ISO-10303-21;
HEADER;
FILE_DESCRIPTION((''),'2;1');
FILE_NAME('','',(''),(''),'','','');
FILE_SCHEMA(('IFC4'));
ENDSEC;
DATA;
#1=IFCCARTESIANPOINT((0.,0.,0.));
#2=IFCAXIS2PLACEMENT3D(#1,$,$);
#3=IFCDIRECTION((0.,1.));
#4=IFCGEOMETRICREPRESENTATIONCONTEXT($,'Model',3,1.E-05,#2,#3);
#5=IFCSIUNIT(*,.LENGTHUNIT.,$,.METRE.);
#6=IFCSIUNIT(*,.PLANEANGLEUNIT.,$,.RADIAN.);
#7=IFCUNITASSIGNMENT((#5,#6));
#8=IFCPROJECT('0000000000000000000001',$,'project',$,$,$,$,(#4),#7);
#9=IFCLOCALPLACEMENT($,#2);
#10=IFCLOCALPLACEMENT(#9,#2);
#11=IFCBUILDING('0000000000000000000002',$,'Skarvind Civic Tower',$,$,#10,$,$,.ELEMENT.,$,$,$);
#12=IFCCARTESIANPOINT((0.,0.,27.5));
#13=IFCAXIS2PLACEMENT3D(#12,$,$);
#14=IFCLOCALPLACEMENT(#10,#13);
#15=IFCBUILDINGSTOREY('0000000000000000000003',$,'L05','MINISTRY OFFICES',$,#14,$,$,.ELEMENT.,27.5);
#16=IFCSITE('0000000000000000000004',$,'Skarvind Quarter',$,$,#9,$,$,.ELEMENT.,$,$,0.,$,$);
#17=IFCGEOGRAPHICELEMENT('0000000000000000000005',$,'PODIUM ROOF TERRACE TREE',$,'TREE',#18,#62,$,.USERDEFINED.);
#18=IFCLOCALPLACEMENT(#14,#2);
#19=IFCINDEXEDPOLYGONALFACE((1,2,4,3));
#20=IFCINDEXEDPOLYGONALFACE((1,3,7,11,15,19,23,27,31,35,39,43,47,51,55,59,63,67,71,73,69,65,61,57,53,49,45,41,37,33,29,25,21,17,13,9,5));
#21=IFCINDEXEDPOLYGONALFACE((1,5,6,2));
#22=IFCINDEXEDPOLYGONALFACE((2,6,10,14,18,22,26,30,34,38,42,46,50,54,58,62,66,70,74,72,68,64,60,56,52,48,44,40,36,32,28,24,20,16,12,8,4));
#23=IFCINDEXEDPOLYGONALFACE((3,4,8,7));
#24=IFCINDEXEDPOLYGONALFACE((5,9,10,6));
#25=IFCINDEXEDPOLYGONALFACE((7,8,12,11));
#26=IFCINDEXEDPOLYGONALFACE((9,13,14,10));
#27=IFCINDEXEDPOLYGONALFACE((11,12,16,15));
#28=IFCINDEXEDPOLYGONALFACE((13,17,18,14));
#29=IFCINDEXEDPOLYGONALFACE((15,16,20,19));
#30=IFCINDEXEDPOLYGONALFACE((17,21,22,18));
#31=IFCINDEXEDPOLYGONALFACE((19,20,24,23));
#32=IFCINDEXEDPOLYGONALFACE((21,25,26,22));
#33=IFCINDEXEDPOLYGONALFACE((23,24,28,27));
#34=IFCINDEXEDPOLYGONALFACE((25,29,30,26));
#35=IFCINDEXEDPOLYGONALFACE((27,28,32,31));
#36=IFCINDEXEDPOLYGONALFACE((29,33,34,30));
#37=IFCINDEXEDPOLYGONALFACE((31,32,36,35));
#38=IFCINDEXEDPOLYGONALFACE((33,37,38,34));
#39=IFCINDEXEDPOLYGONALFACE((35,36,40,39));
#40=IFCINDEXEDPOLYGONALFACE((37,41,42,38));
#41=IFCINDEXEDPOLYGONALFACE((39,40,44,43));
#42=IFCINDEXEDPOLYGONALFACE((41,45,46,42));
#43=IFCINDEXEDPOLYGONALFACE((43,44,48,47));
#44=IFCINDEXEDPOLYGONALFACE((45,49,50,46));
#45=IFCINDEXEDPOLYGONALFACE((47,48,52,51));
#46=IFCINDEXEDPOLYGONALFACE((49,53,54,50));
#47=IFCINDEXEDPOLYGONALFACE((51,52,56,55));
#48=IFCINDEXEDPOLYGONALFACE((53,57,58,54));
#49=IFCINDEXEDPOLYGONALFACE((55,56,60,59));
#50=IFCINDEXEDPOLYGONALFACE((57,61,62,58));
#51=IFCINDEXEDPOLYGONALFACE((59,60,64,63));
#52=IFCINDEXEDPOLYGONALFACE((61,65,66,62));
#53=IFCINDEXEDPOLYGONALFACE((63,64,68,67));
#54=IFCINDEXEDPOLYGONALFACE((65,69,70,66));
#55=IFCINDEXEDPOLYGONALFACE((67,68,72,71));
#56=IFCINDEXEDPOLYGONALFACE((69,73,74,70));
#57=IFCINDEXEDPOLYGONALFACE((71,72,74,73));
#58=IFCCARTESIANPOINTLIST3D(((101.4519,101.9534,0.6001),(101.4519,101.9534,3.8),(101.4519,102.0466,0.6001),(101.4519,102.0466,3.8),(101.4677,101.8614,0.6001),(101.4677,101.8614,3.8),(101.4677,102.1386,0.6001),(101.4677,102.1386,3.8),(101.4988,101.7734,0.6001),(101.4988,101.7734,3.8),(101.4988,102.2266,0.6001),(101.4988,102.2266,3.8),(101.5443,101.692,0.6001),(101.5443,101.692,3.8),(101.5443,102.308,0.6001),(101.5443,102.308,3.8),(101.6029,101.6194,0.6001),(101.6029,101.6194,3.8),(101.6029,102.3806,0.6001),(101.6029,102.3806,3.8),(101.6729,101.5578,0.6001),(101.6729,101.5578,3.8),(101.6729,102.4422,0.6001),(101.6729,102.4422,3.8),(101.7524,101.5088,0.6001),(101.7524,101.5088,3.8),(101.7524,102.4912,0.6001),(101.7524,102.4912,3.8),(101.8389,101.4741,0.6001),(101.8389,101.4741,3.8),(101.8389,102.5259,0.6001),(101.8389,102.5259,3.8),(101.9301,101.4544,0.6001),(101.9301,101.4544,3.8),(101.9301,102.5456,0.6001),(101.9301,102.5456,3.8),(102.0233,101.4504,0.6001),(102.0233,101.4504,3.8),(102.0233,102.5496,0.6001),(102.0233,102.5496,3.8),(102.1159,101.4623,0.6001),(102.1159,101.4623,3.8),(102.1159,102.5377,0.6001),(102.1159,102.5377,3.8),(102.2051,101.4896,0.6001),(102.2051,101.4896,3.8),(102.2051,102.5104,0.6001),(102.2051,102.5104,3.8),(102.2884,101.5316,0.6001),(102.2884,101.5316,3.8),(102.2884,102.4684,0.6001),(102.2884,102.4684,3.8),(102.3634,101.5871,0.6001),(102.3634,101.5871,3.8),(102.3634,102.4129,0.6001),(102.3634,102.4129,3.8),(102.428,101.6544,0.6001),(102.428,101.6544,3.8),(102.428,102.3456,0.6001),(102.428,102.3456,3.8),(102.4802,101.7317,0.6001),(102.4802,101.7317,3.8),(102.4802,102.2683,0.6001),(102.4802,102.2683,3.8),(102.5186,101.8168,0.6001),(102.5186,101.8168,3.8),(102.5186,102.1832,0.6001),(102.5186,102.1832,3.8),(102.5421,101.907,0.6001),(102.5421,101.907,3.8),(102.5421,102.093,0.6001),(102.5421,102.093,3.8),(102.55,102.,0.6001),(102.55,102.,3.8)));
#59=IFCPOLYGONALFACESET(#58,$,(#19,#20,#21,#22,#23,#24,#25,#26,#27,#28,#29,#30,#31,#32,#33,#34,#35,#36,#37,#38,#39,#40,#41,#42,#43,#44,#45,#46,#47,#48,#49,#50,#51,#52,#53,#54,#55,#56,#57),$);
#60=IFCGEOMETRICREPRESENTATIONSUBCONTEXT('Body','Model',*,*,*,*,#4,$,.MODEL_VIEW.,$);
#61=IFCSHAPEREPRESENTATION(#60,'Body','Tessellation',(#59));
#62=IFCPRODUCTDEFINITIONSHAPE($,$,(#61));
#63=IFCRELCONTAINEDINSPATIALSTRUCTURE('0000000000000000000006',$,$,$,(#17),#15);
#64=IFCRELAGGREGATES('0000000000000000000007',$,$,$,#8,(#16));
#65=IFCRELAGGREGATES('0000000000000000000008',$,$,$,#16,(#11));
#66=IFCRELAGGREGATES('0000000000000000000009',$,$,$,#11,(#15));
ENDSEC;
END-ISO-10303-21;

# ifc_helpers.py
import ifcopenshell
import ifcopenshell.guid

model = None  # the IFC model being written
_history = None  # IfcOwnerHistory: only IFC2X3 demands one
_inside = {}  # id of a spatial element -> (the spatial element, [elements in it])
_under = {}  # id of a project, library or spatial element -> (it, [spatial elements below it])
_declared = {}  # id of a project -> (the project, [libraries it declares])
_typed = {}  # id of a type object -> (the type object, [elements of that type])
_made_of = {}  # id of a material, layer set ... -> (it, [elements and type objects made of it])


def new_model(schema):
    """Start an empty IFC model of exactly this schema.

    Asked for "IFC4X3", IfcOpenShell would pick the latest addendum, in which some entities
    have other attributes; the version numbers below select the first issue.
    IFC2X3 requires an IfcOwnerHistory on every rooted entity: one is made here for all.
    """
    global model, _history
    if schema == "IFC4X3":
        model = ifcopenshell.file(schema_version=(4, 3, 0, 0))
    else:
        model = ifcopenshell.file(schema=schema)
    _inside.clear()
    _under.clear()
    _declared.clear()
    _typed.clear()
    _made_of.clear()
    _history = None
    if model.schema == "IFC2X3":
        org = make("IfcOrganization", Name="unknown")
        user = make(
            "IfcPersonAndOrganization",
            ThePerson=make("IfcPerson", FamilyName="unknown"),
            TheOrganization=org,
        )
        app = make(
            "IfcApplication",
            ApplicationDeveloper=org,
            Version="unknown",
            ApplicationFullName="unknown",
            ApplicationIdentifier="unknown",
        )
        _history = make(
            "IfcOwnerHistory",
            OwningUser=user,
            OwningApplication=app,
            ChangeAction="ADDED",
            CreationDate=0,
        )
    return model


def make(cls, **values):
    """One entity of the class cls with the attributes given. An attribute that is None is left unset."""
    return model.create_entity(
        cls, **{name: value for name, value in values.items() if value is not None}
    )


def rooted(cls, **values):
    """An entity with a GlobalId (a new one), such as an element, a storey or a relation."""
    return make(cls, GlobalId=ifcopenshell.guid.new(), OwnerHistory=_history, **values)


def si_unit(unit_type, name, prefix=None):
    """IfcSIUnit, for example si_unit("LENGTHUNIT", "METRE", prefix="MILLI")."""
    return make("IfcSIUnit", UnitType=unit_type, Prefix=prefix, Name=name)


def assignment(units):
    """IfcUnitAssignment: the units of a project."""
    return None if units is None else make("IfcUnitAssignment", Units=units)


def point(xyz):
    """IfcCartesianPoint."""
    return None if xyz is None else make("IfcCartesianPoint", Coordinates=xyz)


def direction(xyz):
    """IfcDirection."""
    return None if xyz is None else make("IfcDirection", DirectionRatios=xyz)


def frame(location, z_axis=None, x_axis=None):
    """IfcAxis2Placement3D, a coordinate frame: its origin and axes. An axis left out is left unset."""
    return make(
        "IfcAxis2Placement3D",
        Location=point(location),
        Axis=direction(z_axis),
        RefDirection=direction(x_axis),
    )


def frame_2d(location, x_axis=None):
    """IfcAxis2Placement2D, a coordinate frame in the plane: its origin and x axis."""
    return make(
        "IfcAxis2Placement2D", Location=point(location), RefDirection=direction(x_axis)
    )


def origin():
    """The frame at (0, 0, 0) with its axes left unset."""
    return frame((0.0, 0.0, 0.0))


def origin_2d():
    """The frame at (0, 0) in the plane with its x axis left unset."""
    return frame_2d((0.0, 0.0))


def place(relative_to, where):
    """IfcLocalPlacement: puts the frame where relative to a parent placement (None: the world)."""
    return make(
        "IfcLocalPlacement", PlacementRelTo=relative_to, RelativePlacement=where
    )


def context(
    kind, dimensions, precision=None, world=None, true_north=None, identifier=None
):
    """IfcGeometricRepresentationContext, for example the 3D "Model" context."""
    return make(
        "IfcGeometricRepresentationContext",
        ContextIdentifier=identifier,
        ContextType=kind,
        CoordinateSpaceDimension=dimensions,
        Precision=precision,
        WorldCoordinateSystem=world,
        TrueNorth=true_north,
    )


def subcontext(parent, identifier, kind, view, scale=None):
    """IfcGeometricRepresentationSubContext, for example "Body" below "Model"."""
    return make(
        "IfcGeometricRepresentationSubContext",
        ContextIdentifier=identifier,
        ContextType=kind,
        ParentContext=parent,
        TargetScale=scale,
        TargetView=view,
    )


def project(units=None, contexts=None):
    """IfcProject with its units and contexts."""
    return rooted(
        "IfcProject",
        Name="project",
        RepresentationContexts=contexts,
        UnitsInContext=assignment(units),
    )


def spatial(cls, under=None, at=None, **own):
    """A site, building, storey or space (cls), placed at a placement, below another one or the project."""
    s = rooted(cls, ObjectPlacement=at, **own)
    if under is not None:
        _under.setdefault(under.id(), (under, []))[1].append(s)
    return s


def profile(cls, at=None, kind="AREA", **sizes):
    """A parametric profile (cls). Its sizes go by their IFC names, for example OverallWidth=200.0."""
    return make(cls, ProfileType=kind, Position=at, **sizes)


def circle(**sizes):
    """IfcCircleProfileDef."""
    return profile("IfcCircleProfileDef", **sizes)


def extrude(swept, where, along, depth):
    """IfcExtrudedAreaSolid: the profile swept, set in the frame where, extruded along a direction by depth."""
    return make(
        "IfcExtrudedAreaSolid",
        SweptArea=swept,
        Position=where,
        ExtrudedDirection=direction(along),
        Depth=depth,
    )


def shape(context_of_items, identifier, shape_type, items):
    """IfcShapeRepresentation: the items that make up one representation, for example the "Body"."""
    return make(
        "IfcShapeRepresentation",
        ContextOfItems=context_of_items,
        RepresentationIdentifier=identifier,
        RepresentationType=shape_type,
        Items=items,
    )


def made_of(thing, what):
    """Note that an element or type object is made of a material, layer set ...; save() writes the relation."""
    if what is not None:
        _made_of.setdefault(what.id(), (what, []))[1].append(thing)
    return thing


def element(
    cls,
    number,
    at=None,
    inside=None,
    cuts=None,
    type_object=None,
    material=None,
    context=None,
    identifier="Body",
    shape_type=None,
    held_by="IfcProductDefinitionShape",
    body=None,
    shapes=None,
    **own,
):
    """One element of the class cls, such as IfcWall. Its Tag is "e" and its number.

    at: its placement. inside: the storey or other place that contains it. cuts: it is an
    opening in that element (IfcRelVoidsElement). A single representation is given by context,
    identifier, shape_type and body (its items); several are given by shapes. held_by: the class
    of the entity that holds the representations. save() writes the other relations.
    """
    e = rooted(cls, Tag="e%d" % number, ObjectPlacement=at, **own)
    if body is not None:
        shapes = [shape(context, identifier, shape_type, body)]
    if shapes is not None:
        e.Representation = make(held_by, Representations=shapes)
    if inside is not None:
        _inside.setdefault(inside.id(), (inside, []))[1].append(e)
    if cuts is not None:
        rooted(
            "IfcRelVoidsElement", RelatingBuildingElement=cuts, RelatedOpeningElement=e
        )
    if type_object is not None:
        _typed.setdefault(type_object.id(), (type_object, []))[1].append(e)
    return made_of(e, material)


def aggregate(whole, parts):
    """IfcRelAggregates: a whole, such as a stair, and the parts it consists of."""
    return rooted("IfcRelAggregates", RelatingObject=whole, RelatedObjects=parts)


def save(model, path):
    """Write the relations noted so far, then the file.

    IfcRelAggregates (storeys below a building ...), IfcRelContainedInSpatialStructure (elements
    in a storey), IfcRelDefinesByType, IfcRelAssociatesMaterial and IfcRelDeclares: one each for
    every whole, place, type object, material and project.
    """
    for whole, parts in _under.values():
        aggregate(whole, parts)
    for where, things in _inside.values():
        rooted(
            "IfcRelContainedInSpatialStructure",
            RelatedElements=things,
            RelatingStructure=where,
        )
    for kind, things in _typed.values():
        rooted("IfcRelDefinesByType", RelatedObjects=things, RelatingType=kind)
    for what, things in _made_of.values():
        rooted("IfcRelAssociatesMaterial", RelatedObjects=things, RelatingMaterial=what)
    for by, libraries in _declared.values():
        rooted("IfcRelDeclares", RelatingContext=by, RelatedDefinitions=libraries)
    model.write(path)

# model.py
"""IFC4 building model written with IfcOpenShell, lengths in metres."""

from ifc_helpers import new_model, si_unit, direction, frame, origin, origin_2d, place, context, subcontext, project, spatial, circle, extrude, element, save


model = new_model("IFC4")

# Units and contexts
model_context = context("Model", 3, precision=1e-05, world=origin(), true_north=direction((0.0, 1.0)))
body_context = subcontext(model_context, "Body", "Model", "MODEL_VIEW")
ifc_project = project(units=[si_unit("LENGTHUNIT", "METRE"), si_unit("PLANEANGLEUNIT", "RADIAN")], contexts=[model_context])

# Site, building, storey
site_placement = place(None, origin())
site = spatial("IfcSite", under=ifc_project, at=site_placement, Name="Skarvind Quarter", CompositionType="ELEMENT", RefElevation=0.0)
building_placement = place(site_placement, origin())
building = spatial("IfcBuilding", under=site, at=building_placement, Name="Skarvind Civic Tower", CompositionType="ELEMENT")
storey_placement = place(building_placement, frame((0.0, 0.0, 27.5)))
storey = spatial("IfcBuildingStorey", under=building, at=storey_placement, Name="L05", Description="MINISTRY OFFICES", CompositionType="ELEMENT", Elevation=27.5)

# Geographic element
for number, where, z_axis, x_axis, name in (
    (1, (102.0, 102.0, 0.6001), (0.0, 0.0, 1.0), (1.0, 0.0, 0.0), "PODIUM ROOF TERRACE TREE"),
):
    element("IfcGeographicElement", number, at=place(storey_placement, frame(where, z_axis=z_axis, x_axis=x_axis)), inside=storey, Name=name, ObjectType="TREE", PredefinedType="USERDEFINED", context=body_context, shape_type="SweptSolid", body=[
        extrude(circle(Radius=0.55, at=origin_2d()), origin(), (0.0, 0.0, 1.0), 3.2),
    ])

save(model, "model.ifc")
